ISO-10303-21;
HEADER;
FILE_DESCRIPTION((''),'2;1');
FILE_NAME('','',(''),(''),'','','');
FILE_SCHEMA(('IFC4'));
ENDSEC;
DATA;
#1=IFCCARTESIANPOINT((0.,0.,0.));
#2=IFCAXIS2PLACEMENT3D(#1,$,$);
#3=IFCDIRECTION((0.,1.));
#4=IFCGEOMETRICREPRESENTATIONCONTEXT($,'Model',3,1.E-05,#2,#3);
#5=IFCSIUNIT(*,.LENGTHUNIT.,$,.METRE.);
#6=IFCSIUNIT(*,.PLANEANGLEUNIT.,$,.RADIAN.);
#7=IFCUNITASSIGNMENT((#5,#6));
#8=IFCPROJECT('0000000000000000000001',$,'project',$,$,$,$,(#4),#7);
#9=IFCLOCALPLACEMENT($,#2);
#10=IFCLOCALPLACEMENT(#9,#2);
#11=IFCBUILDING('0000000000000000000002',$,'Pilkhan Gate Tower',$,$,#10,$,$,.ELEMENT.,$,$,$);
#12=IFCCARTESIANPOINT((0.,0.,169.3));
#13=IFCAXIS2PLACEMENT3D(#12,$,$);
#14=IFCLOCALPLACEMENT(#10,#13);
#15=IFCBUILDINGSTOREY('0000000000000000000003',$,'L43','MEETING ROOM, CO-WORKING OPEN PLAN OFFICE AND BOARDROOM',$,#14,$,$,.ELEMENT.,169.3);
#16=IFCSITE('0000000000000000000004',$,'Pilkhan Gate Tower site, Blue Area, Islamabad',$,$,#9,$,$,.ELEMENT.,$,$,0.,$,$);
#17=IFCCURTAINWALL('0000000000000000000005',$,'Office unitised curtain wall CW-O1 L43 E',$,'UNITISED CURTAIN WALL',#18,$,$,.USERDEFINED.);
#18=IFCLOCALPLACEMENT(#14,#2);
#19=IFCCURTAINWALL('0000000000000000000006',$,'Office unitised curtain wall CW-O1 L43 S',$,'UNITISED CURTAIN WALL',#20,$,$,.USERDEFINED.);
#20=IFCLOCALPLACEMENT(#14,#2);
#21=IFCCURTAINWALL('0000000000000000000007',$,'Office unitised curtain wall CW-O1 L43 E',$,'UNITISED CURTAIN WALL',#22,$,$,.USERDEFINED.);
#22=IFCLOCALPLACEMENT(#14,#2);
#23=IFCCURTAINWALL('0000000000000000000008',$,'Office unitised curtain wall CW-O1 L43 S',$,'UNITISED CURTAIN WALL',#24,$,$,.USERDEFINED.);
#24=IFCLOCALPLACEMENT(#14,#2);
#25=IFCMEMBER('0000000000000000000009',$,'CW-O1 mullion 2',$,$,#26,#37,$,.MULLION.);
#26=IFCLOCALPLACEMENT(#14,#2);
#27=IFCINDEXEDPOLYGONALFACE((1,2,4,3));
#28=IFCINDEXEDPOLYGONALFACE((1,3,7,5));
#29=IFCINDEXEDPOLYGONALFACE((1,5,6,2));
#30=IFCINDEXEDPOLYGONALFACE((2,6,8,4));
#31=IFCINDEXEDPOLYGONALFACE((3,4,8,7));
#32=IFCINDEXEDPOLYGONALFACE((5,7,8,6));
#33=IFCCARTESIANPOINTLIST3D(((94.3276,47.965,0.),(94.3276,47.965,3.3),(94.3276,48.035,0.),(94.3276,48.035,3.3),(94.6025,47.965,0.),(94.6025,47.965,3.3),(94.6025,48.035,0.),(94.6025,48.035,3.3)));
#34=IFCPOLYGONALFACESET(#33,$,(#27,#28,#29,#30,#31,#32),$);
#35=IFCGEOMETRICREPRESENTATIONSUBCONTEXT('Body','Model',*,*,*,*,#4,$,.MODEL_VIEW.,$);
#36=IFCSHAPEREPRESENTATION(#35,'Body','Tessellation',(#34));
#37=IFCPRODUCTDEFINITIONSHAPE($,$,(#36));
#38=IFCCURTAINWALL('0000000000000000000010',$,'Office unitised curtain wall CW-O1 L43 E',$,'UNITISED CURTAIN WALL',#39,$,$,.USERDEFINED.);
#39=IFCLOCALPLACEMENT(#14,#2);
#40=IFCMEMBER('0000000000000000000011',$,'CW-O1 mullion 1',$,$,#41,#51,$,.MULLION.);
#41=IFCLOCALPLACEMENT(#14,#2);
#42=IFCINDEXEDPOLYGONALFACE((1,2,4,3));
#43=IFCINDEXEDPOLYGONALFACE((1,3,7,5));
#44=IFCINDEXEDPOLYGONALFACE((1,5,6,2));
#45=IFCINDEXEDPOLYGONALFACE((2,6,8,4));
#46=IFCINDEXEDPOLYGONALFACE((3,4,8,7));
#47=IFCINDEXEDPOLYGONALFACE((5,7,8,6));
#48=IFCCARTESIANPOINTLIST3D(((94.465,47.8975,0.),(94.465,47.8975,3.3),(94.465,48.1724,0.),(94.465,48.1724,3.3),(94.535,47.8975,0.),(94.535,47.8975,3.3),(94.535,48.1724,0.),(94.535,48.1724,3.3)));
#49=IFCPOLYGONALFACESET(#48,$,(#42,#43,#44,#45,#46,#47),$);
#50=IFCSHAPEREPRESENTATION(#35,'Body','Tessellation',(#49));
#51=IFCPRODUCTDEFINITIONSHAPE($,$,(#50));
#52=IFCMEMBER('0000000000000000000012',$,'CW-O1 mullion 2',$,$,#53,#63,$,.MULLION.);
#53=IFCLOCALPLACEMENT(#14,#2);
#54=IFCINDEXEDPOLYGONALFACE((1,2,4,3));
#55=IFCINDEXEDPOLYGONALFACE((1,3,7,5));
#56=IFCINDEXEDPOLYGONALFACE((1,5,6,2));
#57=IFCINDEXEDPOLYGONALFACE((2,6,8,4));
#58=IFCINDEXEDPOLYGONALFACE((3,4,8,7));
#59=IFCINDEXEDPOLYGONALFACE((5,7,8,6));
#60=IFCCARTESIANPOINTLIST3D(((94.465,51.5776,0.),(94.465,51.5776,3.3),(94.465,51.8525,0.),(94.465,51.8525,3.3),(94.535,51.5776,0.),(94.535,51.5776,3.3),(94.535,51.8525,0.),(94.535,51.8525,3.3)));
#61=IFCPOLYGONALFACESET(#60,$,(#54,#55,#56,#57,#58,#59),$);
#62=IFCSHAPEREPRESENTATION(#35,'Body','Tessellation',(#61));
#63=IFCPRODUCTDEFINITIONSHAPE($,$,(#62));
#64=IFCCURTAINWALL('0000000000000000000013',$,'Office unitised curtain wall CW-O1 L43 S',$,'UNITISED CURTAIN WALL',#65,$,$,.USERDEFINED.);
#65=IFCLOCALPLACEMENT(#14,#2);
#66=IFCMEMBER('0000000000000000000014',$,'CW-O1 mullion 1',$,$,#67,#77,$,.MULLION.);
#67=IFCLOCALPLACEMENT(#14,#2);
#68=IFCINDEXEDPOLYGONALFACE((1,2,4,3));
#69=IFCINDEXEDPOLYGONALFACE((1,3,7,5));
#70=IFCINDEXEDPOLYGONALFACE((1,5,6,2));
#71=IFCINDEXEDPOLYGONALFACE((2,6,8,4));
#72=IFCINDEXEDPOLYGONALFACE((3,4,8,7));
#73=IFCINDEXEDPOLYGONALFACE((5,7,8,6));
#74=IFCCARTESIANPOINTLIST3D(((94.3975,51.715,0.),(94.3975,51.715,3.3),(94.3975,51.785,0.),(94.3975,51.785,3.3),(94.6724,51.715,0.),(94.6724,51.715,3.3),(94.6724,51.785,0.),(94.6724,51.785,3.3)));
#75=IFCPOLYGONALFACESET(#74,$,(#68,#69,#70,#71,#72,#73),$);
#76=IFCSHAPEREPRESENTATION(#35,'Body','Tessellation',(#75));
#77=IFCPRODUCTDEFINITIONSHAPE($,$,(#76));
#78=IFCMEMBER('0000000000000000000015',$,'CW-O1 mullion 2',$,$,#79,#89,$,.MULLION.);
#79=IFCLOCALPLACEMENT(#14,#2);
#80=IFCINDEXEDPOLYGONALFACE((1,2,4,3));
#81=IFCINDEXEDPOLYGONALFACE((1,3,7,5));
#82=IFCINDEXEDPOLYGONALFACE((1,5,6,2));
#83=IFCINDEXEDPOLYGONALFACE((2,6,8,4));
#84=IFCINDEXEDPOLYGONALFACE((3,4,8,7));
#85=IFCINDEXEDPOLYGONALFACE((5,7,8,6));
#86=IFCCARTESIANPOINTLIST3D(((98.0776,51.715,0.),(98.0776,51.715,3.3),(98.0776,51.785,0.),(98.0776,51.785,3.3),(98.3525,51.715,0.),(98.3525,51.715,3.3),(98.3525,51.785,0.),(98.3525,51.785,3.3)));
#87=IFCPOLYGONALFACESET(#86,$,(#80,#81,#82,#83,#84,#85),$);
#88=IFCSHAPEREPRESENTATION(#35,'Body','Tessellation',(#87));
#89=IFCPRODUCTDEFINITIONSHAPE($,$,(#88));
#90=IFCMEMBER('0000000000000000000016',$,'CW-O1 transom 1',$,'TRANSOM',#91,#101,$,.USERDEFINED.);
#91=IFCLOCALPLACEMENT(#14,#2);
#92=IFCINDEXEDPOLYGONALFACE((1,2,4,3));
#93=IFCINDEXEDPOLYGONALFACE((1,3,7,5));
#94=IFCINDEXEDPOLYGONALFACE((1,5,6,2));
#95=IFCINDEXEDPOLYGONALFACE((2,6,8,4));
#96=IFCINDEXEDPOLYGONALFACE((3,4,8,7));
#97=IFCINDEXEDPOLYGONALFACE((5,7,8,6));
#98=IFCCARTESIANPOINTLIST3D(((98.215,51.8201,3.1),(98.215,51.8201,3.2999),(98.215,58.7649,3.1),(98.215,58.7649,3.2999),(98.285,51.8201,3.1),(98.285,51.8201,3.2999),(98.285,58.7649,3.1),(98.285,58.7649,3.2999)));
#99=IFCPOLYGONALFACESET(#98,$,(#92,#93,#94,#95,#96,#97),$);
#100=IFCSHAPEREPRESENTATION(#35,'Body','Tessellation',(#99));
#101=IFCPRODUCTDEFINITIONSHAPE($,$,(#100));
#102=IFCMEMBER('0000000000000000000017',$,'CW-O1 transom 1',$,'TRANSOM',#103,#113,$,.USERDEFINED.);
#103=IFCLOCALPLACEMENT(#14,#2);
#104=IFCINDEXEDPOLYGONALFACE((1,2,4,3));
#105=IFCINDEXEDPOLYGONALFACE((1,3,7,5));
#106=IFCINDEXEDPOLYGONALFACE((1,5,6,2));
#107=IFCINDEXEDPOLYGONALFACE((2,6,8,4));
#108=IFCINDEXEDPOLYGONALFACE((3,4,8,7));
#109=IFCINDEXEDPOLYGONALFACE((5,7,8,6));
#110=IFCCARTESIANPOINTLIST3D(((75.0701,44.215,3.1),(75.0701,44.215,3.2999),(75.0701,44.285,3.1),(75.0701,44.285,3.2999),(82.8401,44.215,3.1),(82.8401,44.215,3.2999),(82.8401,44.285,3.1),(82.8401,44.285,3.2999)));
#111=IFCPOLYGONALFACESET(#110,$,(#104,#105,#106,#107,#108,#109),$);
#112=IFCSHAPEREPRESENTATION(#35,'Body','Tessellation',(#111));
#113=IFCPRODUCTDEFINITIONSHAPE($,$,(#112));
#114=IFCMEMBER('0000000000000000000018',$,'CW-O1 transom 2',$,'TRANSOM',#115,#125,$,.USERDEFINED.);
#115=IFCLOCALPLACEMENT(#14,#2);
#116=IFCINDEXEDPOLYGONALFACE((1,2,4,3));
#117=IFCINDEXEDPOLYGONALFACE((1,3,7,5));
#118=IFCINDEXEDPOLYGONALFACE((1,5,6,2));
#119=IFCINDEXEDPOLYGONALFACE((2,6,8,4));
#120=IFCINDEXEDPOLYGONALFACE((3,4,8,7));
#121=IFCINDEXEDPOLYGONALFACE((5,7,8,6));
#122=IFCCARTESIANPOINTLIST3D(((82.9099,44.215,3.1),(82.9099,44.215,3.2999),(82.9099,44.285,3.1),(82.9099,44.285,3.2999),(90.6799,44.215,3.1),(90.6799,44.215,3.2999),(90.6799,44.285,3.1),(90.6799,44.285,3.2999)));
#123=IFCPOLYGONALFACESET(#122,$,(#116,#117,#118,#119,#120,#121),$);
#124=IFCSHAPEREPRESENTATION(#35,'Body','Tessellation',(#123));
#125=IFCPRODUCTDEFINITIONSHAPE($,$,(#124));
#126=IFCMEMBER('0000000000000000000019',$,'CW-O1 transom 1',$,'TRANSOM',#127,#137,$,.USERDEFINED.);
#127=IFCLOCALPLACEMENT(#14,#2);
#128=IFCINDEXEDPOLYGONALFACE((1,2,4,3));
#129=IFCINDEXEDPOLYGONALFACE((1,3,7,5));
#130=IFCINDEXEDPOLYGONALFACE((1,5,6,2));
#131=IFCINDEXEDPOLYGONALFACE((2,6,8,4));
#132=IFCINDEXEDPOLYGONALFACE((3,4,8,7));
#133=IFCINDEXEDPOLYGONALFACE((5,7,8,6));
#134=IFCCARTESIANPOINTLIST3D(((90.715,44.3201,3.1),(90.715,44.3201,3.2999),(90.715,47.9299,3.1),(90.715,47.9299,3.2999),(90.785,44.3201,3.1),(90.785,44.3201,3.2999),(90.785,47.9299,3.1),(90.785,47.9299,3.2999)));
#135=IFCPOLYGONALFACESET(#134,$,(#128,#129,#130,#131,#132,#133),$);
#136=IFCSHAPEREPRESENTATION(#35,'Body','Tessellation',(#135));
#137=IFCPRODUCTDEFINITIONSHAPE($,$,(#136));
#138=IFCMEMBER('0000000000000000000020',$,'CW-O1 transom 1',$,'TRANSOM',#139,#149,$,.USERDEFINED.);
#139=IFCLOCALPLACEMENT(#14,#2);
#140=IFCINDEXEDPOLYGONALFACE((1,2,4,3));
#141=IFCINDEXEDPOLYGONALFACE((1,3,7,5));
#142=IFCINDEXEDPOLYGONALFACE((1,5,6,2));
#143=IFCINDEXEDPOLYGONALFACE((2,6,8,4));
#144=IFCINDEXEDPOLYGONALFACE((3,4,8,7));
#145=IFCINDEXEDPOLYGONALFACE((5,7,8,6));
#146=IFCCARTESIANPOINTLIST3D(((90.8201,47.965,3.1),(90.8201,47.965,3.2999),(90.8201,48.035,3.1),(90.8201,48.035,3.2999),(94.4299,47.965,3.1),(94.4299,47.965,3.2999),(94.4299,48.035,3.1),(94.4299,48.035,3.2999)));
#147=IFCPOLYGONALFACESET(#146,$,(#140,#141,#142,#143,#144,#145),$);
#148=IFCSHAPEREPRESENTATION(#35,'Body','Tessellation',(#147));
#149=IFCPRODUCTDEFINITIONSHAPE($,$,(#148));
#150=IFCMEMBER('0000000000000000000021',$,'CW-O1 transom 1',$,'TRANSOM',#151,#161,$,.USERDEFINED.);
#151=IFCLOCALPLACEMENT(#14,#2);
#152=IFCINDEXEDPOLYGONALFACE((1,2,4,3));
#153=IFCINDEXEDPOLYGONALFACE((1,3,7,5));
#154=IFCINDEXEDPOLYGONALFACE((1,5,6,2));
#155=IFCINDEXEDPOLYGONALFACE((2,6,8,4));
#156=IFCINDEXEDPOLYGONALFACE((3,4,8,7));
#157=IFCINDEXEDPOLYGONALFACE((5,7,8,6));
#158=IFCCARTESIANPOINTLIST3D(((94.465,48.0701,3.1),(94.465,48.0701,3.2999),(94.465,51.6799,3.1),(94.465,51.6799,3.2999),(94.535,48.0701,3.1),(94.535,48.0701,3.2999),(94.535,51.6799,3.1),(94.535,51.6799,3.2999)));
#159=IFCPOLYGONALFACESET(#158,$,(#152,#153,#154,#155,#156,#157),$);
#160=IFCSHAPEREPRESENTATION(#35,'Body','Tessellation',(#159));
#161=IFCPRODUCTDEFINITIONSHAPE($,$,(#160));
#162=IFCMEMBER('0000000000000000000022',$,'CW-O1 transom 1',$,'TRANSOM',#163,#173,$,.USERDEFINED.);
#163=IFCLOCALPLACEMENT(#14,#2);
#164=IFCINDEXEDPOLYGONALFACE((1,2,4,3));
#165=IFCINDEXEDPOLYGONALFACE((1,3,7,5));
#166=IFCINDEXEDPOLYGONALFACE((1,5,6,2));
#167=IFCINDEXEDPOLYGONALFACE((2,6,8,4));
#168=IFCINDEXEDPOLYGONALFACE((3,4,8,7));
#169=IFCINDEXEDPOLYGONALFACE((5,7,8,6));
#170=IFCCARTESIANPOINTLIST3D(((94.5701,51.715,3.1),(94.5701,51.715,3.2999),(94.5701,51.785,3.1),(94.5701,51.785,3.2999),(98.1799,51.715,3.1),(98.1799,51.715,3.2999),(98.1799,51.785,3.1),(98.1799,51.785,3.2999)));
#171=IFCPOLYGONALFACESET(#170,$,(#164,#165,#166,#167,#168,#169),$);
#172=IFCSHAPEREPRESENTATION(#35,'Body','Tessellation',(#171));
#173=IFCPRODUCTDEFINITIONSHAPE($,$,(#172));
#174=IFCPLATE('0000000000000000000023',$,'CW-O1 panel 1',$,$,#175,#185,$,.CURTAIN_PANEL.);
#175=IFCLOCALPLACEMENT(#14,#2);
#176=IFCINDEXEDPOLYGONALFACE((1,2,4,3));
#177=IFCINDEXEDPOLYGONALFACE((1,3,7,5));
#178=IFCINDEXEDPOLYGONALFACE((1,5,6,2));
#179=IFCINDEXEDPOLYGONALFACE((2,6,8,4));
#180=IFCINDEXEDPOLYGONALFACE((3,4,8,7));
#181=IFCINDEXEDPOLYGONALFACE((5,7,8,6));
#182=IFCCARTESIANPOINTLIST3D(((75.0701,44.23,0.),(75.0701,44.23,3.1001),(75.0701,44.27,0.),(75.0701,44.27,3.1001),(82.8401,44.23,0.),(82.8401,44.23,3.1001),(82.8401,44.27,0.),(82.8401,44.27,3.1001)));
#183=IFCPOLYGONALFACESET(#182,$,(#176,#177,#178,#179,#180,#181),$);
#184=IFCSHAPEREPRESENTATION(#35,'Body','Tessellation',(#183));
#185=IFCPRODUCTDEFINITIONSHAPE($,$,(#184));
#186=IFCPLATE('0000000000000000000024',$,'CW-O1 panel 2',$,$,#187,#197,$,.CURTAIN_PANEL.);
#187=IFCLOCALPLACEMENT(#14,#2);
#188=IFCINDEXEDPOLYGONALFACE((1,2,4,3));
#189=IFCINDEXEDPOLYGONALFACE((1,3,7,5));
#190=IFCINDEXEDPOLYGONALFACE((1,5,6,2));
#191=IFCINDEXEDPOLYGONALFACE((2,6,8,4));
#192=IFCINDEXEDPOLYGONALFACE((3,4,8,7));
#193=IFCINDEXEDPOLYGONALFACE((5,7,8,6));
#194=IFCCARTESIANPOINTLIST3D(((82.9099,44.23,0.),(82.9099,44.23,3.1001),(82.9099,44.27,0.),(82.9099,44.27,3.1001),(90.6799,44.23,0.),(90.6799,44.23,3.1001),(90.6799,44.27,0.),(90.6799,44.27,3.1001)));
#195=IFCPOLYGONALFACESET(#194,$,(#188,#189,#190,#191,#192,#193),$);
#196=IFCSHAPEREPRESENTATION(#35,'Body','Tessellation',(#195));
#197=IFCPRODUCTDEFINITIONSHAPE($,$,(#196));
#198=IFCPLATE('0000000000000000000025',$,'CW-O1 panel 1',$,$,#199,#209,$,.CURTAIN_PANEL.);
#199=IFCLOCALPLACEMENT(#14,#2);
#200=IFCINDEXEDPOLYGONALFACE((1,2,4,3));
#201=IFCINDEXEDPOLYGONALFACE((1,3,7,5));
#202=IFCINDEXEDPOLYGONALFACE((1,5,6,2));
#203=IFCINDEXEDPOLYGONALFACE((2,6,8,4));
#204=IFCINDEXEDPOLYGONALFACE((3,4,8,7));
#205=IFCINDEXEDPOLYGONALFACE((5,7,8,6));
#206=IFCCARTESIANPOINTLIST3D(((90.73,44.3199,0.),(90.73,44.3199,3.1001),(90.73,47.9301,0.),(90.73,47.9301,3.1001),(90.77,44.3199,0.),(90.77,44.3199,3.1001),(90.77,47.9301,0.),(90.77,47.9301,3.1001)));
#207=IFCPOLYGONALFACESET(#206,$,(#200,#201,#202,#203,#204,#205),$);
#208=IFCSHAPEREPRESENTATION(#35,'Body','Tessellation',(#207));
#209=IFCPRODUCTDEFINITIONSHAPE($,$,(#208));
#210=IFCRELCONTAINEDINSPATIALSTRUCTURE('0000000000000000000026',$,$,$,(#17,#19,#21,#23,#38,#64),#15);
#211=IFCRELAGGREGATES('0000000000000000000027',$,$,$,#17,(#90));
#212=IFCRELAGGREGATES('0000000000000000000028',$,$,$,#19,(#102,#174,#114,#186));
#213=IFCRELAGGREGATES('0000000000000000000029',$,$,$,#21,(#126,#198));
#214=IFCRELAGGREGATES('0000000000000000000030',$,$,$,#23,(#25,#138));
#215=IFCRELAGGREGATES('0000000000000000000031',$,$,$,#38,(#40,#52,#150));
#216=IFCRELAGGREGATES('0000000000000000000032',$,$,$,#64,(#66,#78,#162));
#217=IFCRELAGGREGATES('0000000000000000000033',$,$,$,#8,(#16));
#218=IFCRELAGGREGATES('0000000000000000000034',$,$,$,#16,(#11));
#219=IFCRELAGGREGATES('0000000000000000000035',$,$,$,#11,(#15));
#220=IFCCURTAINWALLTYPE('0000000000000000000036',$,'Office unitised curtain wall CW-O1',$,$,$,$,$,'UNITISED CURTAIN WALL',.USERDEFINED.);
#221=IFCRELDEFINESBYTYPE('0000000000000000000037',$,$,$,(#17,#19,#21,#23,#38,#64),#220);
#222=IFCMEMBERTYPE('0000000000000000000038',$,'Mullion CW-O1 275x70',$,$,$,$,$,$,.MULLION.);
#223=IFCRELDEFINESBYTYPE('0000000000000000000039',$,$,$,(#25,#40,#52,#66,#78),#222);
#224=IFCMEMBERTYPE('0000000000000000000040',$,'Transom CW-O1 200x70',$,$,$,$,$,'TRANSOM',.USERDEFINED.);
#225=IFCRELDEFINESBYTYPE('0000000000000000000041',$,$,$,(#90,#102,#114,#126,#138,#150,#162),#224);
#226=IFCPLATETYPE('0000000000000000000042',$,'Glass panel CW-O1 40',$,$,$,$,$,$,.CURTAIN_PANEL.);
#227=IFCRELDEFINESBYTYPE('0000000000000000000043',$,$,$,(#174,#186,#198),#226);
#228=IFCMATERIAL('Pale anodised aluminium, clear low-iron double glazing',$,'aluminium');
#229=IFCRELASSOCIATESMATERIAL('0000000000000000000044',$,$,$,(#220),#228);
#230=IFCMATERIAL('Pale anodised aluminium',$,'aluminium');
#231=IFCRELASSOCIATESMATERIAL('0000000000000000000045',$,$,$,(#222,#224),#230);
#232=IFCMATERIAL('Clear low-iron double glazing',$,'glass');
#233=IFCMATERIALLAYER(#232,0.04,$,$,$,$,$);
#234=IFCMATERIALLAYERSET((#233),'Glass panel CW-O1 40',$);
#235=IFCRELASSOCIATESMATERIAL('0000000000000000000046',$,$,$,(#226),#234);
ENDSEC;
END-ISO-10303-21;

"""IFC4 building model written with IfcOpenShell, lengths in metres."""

from ifc_helpers import new_model, si_unit, direction, frame, origin, origin_2d, place, context, subcontext, project, spatial, rectangle, extrude, material, layer, layer_set, material_profile, profile_set, type_object, element, aggregate, save


model = new_model("IFC4")

# Units and contexts
model_context = context("Model", 3, precision=1e-05, world=origin(), true_north=direction((0.0, 1.0)))
body_context = subcontext(model_context, "Body", "Model", "MODEL_VIEW")
ifc_project = project(units=[si_unit("LENGTHUNIT", "METRE"), si_unit("PLANEANGLEUNIT", "RADIAN")], contexts=[model_context])

# Site, building, storey
site_placement = place(None, origin())
site = spatial("IfcSite", under=ifc_project, at=site_placement, Name="Pilkhan Gate Tower site, Blue Area, Islamabad", CompositionType="ELEMENT", RefElevation=0.0)
building_placement = place(site_placement, origin())
building = spatial("IfcBuilding", under=site, at=building_placement, Name="Pilkhan Gate Tower", CompositionType="ELEMENT")
storey_placement = place(building_placement, frame((0.0, 0.0, 169.3)))
storey = spatial("IfcBuildingStorey", under=building, at=storey_placement, Name="L43", Description="MEETING ROOM, CO-WORKING OPEN PLAN OFFICE AND BOARDROOM", CompositionType="ELEMENT", Elevation=169.3)

# Curtain wall
ifc_material_1 = material(Name="Pale anodised aluminium, clear low-iron double glazing", Category="aluminium")
curtain_wall_type = type_object("IfcCurtainWallType", Name="Office unitised curtain wall CW-O1", ElementType="UNITISED CURTAIN WALL", PredefinedType="USERDEFINED", material=ifc_material_1)
curtain_wall_1_placement = place(storey_placement, origin())
curtain_wall_1 = element("IfcCurtainWall", 1, at=curtain_wall_1_placement, inside=storey, type_object=curtain_wall_type, Name="Office unitised curtain wall CW-O1 L43 E", ObjectType="UNITISED CURTAIN WALL", PredefinedType="USERDEFINED")
ifc_material_2 = material(Name="Pale anodised aluminium", Category="aluminium")
ifc_material_profile_1 = material_profile(ifc_material_2, rectangle(XDim=0.0701, YDim=0.2749, at=origin_2d()), Name="Mullion 275x70")
ifc_profile_set_1 = profile_set([ifc_material_profile_1], Name="Pale anodised aluminium")
member_type_1 = type_object("IfcMemberType", Name="Mullion CW-O1 275x70", PredefinedType="MULLION", material=ifc_profile_set_1)

# Curtain walls, members
curtain_wall_2_placement = place(storey_placement, origin())
curtain_wall_2 = element("IfcCurtainWall", 2, at=curtain_wall_2_placement, inside=storey, type_object=curtain_wall_type, Name="Office unitised curtain wall CW-O1 L43 S", ObjectType="UNITISED CURTAIN WALL", PredefinedType="USERDEFINED")
curtain_wall_3_placement = place(storey_placement, origin())
curtain_wall_3 = element("IfcCurtainWall", 3, at=curtain_wall_3_placement, inside=storey, type_object=curtain_wall_type, Name="Office unitised curtain wall CW-O1 L43 E", ObjectType="UNITISED CURTAIN WALL", PredefinedType="USERDEFINED")
curtain_wall_4_placement = place(storey_placement, origin())
curtain_wall_4 = element("IfcCurtainWall", 4, at=curtain_wall_4_placement, inside=storey, type_object=curtain_wall_type, Name="Office unitised curtain wall CW-O1 L43 S", ObjectType="UNITISED CURTAIN WALL", PredefinedType="USERDEFINED")
member_1_placement = place(storey_placement, frame((94.4651, 48.0, 0.0), z_axis=(0.0, 0.0, 1.0), x_axis=(0.0, 1.0, 0.0)))
member_1 = element("IfcMember", 5, at=member_1_placement, type_object=member_type_1, Name="CW-O1 mullion 2", PredefinedType="MULLION", context=body_context, shape_type="SweptSolid", body=[
    extrude(rectangle(XDim=0.0701, YDim=0.2749, at=origin_2d()), origin(), (0.0, 0.0, 1.0), 3.3),
])
curtain_wall_5_placement = place(storey_placement, origin())
curtain_wall_5 = element("IfcCurtainWall", 6, at=curtain_wall_5_placement, inside=storey, type_object=curtain_wall_type, Name="Office unitised curtain wall CW-O1 L43 E", ObjectType="UNITISED CURTAIN WALL", PredefinedType="USERDEFINED")
member_2_placement = place(storey_placement, frame((94.5, 48.0349, 0.0), z_axis=(0.0, 0.0, 1.0), x_axis=(-1.0, 0.0, 0.0)))
member_2 = element("IfcMember", 7, at=member_2_placement, type_object=member_type_1, Name="CW-O1 mullion 1", PredefinedType="MULLION", context=body_context, shape_type="SweptSolid", body=[
    extrude(rectangle(XDim=0.0701, YDim=0.2749, at=origin_2d()), origin(), (0.0, 0.0, 1.0), 3.3),
])
member_3_placement = place(storey_placement, frame((94.5, 51.7151, 0.0), z_axis=(0.0, 0.0, 1.0), x_axis=(-1.0, 0.0, 0.0)))
member_3 = element("IfcMember", 8, at=member_3_placement, type_object=member_type_1, Name="CW-O1 mullion 2", PredefinedType="MULLION", context=body_context, shape_type="SweptSolid", body=[
    extrude(rectangle(XDim=0.0701, YDim=0.2749, at=origin_2d()), origin(), (0.0, 0.0, 1.0), 3.3),
])
curtain_wall_6_placement = place(storey_placement, origin())
curtain_wall_6 = element("IfcCurtainWall", 9, at=curtain_wall_6_placement, inside=storey, type_object=curtain_wall_type, Name="Office unitised curtain wall CW-O1 L43 S", ObjectType="UNITISED CURTAIN WALL", PredefinedType="USERDEFINED")
member_4_placement = place(storey_placement, frame((94.5349, 51.75, 0.0), z_axis=(0.0, 0.0, 1.0), x_axis=(0.0, 1.0, 0.0)))
member_4 = element("IfcMember", 10, at=member_4_placement, type_object=member_type_1, Name="CW-O1 mullion 1", PredefinedType="MULLION", context=body_context, shape_type="SweptSolid", body=[
    extrude(rectangle(XDim=0.0701, YDim=0.2749, at=origin_2d()), origin(), (0.0, 0.0, 1.0), 3.3),
])
member_5_placement = place(storey_placement, frame((98.2151, 51.75, 0.0), z_axis=(0.0, 0.0, 1.0), x_axis=(0.0, 1.0, 0.0)))
member_5 = element("IfcMember", 11, at=member_5_placement, type_object=member_type_1, Name="CW-O1 mullion 2", PredefinedType="MULLION", context=body_context, shape_type="SweptSolid", body=[
    extrude(rectangle(XDim=0.0701, YDim=0.2749, at=origin_2d()), origin(), (0.0, 0.0, 1.0), 3.3),
])

# Members
ifc_material_profile_2 = material_profile(ifc_material_2, rectangle(XDim=0.0701, YDim=0.2, at=origin_2d()), Name="Transom 200x70")
ifc_profile_set_2 = profile_set([ifc_material_profile_2], Name="Pale anodised aluminium")
member_type_2 = type_object("IfcMemberType", Name="Transom CW-O1 200x70", ElementType="TRANSOM", PredefinedType="USERDEFINED", material=ifc_profile_set_2)
member_6_placement = place(storey_placement, frame((98.25, 51.8201, 3.2), z_axis=(0.0, 1.0, 0.0), x_axis=(-1.0, 0.0, 0.0)))
member_6 = element("IfcMember", 12, at=member_6_placement, type_object=member_type_2, Name="CW-O1 transom 1", ObjectType="TRANSOM", PredefinedType="USERDEFINED", context=body_context, shape_type="SweptSolid", body=[
    extrude(rectangle(XDim=0.0701, YDim=0.2, at=origin_2d()), origin(), (0.0, 0.0, 1.0), 6.9448),
])
aggregate(curtain_wall_1, [member_6])
member_7_placement = place(storey_placement, frame((75.0701, 44.25, 3.2), z_axis=(1.0, 0.0, 0.0), x_axis=(0.0, 1.0, 0.0)))
member_7 = element("IfcMember", 13, at=member_7_placement, type_object=member_type_2, Name="CW-O1 transom 1", ObjectType="TRANSOM", PredefinedType="USERDEFINED", context=body_context, shape_type="SweptSolid", body=[
    extrude(rectangle(XDim=0.0701, YDim=0.2, at=origin_2d()), origin(), (0.0, 0.0, 1.0), 7.77),
])
member_8_placement = place(storey_placement, frame((82.9099, 44.25, 3.2), z_axis=(1.0, 0.0, 0.0), x_axis=(0.0, 1.0, 0.0)))
member_8 = element("IfcMember", 14, at=member_8_placement, type_object=member_type_2, Name="CW-O1 transom 2", ObjectType="TRANSOM", PredefinedType="USERDEFINED", context=body_context, shape_type="SweptSolid", body=[
    extrude(rectangle(XDim=0.0701, YDim=0.2, at=origin_2d()), origin(), (0.0, 0.0, 1.0), 7.77),
])
member_9_placement = place(storey_placement, frame((90.75, 44.3201, 3.2), z_axis=(0.0, 1.0, 0.0), x_axis=(-1.0, 0.0, 0.0)))
member_9 = element("IfcMember", 15, at=member_9_placement, type_object=member_type_2, Name="CW-O1 transom 1", ObjectType="TRANSOM", PredefinedType="USERDEFINED", context=body_context, shape_type="SweptSolid", body=[
    extrude(rectangle(XDim=0.0701, YDim=0.2, at=origin_2d()), origin(), (0.0, 0.0, 1.0), 3.6099),
])
member_10_placement = place(storey_placement, frame((90.8201, 48.0, 3.2), z_axis=(1.0, 0.0, 0.0), x_axis=(0.0, 1.0, 0.0)))
member_10 = element("IfcMember", 16, at=member_10_placement, type_object=member_type_2, Name="CW-O1 transom 1", ObjectType="TRANSOM", PredefinedType="USERDEFINED", context=body_context, shape_type="SweptSolid", body=[
    extrude(rectangle(XDim=0.0701, YDim=0.2, at=origin_2d()), origin(), (0.0, 0.0, 1.0), 3.6099),
])
member_11_placement = place(storey_placement, frame((94.5, 48.0701, 3.2), z_axis=(0.0, 1.0, 0.0), x_axis=(-1.0, 0.0, 0.0)))
member_11 = element("IfcMember", 17, at=member_11_placement, type_object=member_type_2, Name="CW-O1 transom 1", ObjectType="TRANSOM", PredefinedType="USERDEFINED", context=body_context, shape_type="SweptSolid", body=[
    extrude(rectangle(XDim=0.0701, YDim=0.2, at=origin_2d()), origin(), (0.0, 0.0, 1.0), 3.6099),
])
member_12_placement = place(storey_placement, frame((94.5701, 51.75, 3.2), z_axis=(1.0, 0.0, 0.0), x_axis=(0.0, 1.0, 0.0)))
member_12 = element("IfcMember", 18, at=member_12_placement, type_object=member_type_2, Name="CW-O1 transom 1", ObjectType="TRANSOM", PredefinedType="USERDEFINED", context=body_context, shape_type="SweptSolid", body=[
    extrude(rectangle(XDim=0.0701, YDim=0.2, at=origin_2d()), origin(), (0.0, 0.0, 1.0), 3.6099),
])

# Plates
ifc_material_3 = material(Name="Clear low-iron double glazing", Category="glass")
ifc_layer_1 = layer(ifc_material_3, 0.04)
ifc_layer_set_1 = layer_set([ifc_layer_1], Name="Glass panel CW-O1 40")
plate_type = type_object("IfcPlateType", Name="Glass panel CW-O1 40", PredefinedType="CURTAIN_PANEL", material=ifc_layer_set_1)
plate_1_placement = place(storey_placement, frame((78.9551, 44.25, 0.0), z_axis=(0.0, 0.0, 1.0), x_axis=(1.0, 0.0, 0.0)))
plate_1 = element("IfcPlate", 19, at=plate_1_placement, type_object=plate_type, Name="CW-O1 panel 1", PredefinedType="CURTAIN_PANEL", context=body_context, shape_type="SweptSolid", body=[
    extrude(rectangle(XDim=7.77, YDim=0.04, at=origin_2d()), origin(), (0.0, 0.0, 1.0), 3.1001),
])
plate_2_placement = place(storey_placement, frame((86.7949, 44.25, 0.0), z_axis=(0.0, 0.0, 1.0), x_axis=(1.0, 0.0, 0.0)))
plate_2 = element("IfcPlate", 20, at=plate_2_placement, type_object=plate_type, Name="CW-O1 panel 2", PredefinedType="CURTAIN_PANEL", context=body_context, shape_type="SweptSolid", body=[
    extrude(rectangle(XDim=7.77, YDim=0.04, at=origin_2d()), origin(), (0.0, 0.0, 1.0), 3.1001),
])
aggregate(curtain_wall_2, [member_7, plate_1, member_8, plate_2])
plate_3_placement = place(storey_placement, frame((90.75, 46.125, 0.0), z_axis=(0.0, 0.0, 1.0), x_axis=(0.0, 1.0, 0.0)))
plate_3 = element("IfcPlate", 21, at=plate_3_placement, type_object=plate_type, Name="CW-O1 panel 1", PredefinedType="CURTAIN_PANEL", context=body_context, shape_type="SweptSolid", body=[
    extrude(rectangle(XDim=3.6101, YDim=0.04, at=origin_2d()), origin(), (0.0, 0.0, 1.0), 3.1001),
])
aggregate(curtain_wall_3, [member_9, plate_3])
aggregate(curtain_wall_4, [member_1, member_10])
aggregate(curtain_wall_5, [member_2, member_3, member_11])
aggregate(curtain_wall_6, [member_4, member_5, member_12])

save(model, "model.ifc")
